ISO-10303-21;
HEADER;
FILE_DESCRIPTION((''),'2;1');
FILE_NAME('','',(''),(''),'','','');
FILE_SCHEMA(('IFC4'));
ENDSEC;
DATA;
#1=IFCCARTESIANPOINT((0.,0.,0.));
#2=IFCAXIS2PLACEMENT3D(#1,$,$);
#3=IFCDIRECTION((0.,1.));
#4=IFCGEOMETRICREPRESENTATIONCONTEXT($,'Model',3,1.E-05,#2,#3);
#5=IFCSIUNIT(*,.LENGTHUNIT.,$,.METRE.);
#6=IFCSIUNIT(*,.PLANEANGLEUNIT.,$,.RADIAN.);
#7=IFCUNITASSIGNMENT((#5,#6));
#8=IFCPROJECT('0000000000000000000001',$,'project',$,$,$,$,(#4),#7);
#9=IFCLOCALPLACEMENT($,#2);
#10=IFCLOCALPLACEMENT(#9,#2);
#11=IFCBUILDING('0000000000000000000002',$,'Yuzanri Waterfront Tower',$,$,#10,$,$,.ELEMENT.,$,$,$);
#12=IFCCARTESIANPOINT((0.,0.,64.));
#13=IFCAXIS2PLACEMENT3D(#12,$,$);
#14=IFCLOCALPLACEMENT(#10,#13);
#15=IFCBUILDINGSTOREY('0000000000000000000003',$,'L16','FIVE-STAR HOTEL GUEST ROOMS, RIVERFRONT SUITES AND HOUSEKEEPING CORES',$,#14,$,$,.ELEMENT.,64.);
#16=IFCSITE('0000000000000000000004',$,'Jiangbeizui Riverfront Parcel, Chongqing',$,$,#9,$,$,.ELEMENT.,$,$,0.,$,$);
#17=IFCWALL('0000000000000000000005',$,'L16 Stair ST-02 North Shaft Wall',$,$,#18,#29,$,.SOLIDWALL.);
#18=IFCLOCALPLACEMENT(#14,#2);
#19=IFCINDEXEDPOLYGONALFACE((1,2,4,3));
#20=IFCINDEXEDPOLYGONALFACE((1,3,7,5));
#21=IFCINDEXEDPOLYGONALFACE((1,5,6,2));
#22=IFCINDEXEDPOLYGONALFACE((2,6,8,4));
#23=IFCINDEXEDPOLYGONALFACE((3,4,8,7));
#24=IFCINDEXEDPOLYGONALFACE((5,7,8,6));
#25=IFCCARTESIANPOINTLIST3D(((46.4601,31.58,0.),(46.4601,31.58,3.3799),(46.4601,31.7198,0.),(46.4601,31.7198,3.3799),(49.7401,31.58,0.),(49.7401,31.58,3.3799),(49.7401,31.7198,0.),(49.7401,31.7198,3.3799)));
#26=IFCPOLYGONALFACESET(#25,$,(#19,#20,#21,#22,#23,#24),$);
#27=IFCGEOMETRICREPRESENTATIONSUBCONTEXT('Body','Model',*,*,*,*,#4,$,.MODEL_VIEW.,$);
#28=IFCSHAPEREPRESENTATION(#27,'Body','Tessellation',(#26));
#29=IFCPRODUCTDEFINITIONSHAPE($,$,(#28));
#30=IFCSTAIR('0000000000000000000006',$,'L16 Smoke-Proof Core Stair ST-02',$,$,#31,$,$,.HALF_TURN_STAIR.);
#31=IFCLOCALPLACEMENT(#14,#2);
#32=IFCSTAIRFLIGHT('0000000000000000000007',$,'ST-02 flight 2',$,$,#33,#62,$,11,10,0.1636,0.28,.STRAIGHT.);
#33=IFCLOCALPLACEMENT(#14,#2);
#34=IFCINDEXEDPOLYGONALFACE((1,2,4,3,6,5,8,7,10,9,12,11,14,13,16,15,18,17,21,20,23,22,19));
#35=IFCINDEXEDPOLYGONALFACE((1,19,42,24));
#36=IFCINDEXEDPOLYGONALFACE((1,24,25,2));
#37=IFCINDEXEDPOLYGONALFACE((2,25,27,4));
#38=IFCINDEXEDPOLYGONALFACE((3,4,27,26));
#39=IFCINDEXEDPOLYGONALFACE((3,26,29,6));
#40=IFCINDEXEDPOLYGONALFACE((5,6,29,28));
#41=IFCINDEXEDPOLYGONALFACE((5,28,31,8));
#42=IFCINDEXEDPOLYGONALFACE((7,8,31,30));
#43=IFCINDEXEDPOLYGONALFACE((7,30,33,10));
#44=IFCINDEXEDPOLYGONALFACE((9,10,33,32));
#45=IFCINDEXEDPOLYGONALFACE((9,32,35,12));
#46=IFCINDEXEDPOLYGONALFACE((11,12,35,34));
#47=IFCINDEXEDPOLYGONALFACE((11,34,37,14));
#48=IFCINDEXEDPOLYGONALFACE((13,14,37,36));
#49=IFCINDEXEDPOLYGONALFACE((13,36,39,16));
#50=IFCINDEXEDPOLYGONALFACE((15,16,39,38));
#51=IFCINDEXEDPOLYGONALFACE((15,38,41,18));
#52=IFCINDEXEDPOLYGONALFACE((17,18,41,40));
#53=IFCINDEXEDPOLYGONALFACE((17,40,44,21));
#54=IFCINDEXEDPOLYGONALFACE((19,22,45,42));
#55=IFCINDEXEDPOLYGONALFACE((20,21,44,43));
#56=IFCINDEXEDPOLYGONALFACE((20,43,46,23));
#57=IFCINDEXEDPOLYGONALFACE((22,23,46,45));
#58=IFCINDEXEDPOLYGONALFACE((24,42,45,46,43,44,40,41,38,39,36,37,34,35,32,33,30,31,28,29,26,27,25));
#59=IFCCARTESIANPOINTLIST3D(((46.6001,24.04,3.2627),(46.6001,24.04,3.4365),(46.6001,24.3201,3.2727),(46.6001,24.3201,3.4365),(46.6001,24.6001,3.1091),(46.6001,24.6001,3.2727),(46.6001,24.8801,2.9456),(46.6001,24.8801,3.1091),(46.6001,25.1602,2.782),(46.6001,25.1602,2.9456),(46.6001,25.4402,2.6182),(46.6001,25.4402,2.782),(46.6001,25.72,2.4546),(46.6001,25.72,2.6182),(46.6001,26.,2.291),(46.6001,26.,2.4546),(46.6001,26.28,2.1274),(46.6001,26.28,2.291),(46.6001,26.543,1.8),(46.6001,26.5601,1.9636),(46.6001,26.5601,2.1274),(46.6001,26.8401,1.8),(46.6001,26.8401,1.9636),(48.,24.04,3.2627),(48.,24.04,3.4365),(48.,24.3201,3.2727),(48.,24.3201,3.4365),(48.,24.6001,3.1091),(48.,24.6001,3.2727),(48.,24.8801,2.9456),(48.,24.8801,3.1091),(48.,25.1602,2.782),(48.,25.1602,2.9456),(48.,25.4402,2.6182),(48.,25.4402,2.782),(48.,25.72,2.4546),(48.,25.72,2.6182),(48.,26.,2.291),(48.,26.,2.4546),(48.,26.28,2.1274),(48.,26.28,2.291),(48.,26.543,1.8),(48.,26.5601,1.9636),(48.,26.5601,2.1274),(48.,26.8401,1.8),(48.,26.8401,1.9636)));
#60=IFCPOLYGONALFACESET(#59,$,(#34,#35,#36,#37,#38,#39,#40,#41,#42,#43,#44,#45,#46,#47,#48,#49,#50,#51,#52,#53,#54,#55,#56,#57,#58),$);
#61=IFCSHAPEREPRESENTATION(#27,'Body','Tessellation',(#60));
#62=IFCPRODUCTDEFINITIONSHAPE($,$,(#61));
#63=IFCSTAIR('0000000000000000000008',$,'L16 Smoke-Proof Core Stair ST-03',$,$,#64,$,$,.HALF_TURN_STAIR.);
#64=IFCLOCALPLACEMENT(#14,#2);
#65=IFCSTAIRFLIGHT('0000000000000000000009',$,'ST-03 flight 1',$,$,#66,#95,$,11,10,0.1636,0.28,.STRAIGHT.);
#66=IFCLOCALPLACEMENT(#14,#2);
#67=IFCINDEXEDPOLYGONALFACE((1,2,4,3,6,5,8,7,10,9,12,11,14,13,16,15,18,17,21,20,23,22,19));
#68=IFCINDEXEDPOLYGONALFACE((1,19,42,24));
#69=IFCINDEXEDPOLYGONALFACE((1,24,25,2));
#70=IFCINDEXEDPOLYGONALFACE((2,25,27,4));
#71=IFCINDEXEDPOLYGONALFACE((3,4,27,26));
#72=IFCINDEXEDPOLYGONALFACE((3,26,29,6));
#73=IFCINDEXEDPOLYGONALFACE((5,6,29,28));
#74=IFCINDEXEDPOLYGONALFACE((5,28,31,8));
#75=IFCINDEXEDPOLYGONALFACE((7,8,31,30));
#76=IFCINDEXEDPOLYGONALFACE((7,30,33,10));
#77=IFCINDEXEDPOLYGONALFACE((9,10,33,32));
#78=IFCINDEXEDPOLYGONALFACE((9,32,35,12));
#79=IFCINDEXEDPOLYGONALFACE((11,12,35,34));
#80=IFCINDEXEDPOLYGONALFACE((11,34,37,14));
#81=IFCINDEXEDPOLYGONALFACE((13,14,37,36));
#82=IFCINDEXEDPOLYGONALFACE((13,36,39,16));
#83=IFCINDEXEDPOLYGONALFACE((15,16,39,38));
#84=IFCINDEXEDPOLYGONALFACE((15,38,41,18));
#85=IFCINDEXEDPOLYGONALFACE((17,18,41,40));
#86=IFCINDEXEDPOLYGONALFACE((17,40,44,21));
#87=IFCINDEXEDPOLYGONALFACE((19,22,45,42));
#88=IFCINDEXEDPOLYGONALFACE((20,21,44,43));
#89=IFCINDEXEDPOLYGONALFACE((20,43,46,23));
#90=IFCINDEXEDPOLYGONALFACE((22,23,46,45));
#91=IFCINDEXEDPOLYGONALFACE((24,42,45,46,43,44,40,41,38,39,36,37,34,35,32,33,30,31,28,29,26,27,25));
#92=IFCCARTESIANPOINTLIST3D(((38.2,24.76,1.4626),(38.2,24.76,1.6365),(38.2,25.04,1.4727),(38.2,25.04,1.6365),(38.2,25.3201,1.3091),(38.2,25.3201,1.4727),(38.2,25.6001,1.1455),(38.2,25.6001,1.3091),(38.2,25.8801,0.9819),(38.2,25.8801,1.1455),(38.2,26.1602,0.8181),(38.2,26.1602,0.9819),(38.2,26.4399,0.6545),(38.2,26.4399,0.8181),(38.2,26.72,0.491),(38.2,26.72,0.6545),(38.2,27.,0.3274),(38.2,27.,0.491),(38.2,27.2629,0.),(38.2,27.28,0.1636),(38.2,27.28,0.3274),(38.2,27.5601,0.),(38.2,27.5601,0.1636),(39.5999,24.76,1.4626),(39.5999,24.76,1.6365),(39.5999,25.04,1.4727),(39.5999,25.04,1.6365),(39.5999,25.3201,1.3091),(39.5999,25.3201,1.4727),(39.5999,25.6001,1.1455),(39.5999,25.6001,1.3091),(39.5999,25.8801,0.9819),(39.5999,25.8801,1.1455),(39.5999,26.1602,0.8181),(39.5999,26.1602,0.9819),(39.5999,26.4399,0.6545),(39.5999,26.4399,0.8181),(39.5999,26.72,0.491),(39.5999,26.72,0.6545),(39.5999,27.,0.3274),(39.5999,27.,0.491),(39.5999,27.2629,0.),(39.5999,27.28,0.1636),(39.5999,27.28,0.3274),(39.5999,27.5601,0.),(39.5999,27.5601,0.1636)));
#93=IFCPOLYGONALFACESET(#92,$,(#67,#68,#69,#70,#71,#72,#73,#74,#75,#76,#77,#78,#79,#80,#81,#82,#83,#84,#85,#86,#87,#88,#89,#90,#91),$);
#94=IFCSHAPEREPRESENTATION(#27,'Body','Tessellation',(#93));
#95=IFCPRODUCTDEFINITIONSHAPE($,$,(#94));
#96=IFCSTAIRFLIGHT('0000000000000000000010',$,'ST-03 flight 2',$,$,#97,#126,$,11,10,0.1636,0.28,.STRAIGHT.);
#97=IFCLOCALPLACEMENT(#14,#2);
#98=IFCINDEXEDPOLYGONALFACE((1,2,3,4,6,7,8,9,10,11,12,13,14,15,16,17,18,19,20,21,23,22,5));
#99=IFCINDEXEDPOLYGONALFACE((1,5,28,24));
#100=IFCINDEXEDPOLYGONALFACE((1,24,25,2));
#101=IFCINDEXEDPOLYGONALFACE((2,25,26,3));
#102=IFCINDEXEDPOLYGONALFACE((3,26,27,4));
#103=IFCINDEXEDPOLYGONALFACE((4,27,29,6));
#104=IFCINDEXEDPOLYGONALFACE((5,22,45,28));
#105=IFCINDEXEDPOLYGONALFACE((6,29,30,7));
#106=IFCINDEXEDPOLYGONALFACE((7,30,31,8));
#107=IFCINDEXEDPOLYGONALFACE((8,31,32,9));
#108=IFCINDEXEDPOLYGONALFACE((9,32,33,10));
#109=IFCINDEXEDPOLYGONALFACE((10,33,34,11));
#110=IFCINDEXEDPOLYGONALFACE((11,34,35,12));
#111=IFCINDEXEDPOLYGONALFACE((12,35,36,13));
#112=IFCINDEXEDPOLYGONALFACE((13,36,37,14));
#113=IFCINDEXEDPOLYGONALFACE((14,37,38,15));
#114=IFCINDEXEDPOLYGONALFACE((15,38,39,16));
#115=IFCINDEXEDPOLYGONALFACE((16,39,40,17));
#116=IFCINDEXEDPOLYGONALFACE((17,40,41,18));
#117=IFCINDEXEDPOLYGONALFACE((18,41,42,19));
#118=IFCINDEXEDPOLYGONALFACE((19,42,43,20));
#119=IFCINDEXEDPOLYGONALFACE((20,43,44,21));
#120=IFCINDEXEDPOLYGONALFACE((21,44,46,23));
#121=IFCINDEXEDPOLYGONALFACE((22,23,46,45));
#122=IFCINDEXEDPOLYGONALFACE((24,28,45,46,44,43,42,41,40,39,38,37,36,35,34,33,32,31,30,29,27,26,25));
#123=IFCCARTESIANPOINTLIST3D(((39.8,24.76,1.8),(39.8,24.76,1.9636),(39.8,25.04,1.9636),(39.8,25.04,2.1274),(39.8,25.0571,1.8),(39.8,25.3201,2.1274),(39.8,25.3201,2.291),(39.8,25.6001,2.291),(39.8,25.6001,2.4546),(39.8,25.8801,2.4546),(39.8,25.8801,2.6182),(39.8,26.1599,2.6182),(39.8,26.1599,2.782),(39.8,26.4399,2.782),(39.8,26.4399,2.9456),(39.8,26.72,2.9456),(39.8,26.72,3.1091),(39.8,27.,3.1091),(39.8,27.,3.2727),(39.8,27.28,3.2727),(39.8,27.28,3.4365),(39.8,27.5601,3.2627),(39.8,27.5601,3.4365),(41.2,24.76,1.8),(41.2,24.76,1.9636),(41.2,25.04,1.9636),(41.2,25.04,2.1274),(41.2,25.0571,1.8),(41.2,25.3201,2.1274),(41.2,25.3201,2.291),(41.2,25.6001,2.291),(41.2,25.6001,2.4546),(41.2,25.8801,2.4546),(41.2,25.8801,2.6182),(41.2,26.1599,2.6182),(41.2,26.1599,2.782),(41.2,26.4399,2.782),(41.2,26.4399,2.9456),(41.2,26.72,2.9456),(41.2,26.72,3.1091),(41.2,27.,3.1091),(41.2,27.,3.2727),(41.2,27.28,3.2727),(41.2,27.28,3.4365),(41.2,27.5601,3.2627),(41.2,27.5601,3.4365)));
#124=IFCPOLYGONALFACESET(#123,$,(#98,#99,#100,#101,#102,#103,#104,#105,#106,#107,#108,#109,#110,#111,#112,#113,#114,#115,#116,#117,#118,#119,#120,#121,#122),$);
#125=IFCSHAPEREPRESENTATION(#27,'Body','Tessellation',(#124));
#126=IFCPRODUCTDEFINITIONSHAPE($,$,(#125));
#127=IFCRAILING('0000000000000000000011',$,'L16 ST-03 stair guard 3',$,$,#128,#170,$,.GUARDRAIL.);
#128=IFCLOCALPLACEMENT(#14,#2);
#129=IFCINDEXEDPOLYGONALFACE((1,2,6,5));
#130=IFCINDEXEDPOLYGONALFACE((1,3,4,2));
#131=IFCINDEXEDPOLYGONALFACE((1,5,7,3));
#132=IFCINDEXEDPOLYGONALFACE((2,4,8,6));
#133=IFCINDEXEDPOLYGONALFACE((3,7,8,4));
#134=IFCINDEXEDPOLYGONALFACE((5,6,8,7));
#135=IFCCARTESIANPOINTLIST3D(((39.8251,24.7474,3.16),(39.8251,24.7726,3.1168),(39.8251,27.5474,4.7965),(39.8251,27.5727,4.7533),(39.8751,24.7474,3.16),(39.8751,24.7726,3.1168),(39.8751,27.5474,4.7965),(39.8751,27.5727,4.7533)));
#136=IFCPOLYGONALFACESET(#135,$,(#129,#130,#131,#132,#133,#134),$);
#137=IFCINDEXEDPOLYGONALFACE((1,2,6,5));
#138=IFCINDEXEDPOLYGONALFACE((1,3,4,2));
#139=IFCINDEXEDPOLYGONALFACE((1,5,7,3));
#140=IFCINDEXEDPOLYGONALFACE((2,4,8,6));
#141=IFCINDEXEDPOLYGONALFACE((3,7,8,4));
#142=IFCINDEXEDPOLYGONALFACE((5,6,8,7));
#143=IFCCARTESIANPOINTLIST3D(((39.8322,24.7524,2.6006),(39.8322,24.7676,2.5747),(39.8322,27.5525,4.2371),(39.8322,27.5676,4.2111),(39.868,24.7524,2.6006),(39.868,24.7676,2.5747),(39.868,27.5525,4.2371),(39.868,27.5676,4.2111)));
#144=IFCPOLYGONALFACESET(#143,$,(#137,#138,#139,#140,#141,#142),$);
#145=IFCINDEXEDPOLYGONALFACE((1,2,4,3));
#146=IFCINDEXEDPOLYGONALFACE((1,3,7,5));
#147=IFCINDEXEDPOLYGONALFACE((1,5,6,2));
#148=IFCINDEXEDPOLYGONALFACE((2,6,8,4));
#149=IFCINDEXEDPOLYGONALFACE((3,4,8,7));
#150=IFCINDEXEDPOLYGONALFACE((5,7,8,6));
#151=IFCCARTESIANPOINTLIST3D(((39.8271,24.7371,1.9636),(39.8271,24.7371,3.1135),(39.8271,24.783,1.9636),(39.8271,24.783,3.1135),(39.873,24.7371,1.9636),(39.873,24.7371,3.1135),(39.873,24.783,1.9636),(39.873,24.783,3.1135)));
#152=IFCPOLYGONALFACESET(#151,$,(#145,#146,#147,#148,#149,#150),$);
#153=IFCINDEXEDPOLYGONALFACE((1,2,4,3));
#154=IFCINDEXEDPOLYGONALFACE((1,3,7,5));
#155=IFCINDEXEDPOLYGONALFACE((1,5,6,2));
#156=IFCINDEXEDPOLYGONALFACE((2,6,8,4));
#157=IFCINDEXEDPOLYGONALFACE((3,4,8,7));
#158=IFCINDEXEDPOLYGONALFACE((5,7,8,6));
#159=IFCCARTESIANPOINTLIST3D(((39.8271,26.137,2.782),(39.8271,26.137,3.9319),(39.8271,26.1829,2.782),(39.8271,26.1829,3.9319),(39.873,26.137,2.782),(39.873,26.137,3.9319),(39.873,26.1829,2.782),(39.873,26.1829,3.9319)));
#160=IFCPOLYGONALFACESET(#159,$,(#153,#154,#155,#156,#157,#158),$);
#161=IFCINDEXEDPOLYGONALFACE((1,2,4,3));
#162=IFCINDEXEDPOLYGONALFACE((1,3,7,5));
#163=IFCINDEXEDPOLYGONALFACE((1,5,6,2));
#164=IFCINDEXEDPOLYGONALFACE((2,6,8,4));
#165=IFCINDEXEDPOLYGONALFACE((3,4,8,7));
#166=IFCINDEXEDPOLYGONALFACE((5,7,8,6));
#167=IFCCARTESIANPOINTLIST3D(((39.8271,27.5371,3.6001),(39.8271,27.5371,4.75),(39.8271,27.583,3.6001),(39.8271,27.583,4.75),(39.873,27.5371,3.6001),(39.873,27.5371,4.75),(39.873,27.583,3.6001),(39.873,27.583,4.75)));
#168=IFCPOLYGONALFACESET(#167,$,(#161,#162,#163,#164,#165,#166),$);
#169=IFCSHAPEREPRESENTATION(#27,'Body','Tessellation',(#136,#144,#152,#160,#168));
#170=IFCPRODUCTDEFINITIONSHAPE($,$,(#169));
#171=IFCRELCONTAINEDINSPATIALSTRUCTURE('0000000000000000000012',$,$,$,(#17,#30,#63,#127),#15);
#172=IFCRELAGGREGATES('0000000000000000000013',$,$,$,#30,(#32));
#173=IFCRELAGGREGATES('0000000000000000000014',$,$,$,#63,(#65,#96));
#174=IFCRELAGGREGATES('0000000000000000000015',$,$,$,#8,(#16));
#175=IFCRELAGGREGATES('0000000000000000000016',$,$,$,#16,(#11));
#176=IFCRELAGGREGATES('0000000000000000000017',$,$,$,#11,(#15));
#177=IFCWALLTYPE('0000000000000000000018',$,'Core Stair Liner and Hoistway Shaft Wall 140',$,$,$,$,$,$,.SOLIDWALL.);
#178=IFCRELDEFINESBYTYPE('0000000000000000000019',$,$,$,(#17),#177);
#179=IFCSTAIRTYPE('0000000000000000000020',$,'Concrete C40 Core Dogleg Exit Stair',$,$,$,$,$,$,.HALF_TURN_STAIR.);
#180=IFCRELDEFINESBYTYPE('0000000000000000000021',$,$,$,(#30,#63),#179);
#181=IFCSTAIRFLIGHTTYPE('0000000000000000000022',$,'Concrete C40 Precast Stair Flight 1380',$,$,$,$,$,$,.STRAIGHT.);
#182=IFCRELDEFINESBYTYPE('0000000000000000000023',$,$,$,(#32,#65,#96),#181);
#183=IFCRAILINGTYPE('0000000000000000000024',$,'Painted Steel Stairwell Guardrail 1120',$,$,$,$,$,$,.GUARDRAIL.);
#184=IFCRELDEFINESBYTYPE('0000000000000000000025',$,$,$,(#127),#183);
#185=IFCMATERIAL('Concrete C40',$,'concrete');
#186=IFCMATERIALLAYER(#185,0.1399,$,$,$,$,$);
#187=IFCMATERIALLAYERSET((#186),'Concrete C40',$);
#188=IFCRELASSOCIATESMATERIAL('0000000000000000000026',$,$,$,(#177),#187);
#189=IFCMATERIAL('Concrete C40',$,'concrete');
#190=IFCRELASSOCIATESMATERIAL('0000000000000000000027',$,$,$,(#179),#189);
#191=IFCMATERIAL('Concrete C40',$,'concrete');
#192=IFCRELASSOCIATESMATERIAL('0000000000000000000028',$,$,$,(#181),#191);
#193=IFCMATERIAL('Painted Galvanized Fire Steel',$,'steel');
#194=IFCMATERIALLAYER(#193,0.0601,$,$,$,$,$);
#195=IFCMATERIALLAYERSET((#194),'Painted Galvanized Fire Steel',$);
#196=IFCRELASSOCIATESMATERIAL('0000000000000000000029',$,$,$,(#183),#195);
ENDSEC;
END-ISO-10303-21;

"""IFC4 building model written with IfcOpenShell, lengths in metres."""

from ifc_helpers import new_model, si_unit, direction, frame, frame_2d, origin, origin_2d, place, context, subcontext, project, spatial, polyline, rectangle, outline, extrude, source, transform, mapped, material, layer, layer_set, type_object, element, aggregate, save


model = new_model("IFC4")

# Units and contexts
model_context = context("Model", 3, precision=1e-05, world=origin(), true_north=direction((0.0, 1.0)))
body_context = subcontext(model_context, "Body", "Model", "MODEL_VIEW")
ifc_project = project(units=[si_unit("LENGTHUNIT", "METRE"), si_unit("PLANEANGLEUNIT", "RADIAN")], contexts=[model_context])

# Site, building, storey
site_placement = place(None, origin())
site = spatial("IfcSite", under=ifc_project, at=site_placement, Name="Jiangbeizui Riverfront Parcel, Chongqing", CompositionType="ELEMENT", RefElevation=0.0)
building_placement = place(site_placement, origin())
building = spatial("IfcBuilding", under=site, at=building_placement, Name="Yuzanri Waterfront Tower", CompositionType="ELEMENT")
storey_placement = place(building_placement, frame((0.0, 0.0, 64.0)))
storey = spatial("IfcBuildingStorey", under=building, at=storey_placement, Name="L16", Description="FIVE-STAR HOTEL GUEST ROOMS, RIVERFRONT SUITES AND HOUSEKEEPING CORES", CompositionType="ELEMENT", Elevation=64.0)

# Shared definitions
ifc_material_1 = material(Name="Concrete C40", Category="concrete")
ifc_layer_1 = layer(ifc_material_1, 0.1399)
ifc_layer_set_1 = layer_set([ifc_layer_1], Name="Concrete C40")
wall_type = type_object("IfcWallType", Name="Core Stair Liner and Hoistway Shaft Wall 140", PredefinedType="SOLIDWALL", material=ifc_layer_set_1)

# Wall
shared_shape_1 = source(origin(), body_context, "Body", "SweptSolid", [
    extrude(rectangle(XDim=3.28, YDim=0.1399, at=frame_2d((1.6401, 0.0))), origin(), (0.0, 0.0, 1.0), 3.3799),
])
wall_1_placement = place(storey_placement, frame((46.46, 31.6499, 0.0), z_axis=(0.0, 0.0, 1.0), x_axis=(1.0, 0.0, 0.0)))
element("IfcWall", 1, at=wall_1_placement, inside=storey, type_object=wall_type, Name="L16 Stair ST-02 North Shaft Wall", PredefinedType="SOLIDWALL", context=body_context, shape_type="MappedRepresentation", body=[
    mapped(shared_shape_1, transform((0.0, 0.0, 0.0), scale=1.0)),
])

# Stair, stair flight
ifc_material_2 = material(Name="Concrete C40", Category="concrete")
stair_type = type_object("IfcStairType", Name="Concrete C40 Core Dogleg Exit Stair", PredefinedType="HALF_TURN_STAIR", material=ifc_material_2)
stair_1_placement = place(storey_placement, origin())
stair_1 = element("IfcStair", 2, at=stair_1_placement, inside=storey, type_object=stair_type, Name="L16 Smoke-Proof Core Stair ST-02", PredefinedType="HALF_TURN_STAIR")
ifc_material_3 = material(Name="Concrete C40", Category="concrete")
stair_flight_type = type_object("IfcStairFlightType", Name="Concrete C40 Precast Stair Flight 1380", PredefinedType="STRAIGHT", material=ifc_material_3)
shared_shape_2 = source(origin(), body_context, "Body", "SweptSolid", [
    extrude(outline(polyline([(0.0, 0.0), (0.0, 0.1636), (0.28, 0.1636), (0.28, 0.3274), (0.5601, 0.3274), (0.5601, 0.491), (0.8401, 0.491), (0.8401, 0.6545), (1.1201, 0.6545), (1.1201, 0.8181), (1.3999, 0.8181), (1.3999, 0.9819), (1.6799, 0.9819), (1.6799, 1.1455), (1.96, 1.1455), (1.96, 1.3091), (2.24, 1.3091), (2.24, 1.4727), (2.52, 1.4727), (2.52, 1.6365), (2.8, 1.6365), (2.8, 1.8), (2.8, 1.4626), (0.2971, 0.0), (0.0, 0.0)])), frame((0.0, 0.7, 0.0), z_axis=(0.0, -1.0, 0.0), x_axis=(1.0, 0.0, 0.0)), (0.0, 0.0, 1.0), 1.3999),
])
stair_flight_1_placement = place(storey_placement, frame((47.3, 26.8401, 1.8), z_axis=(0.0, 0.0, 1.0), x_axis=(0.0, -1.0, 0.0)))
stair_flight_1 = element("IfcStairFlight", 3, at=stair_flight_1_placement, type_object=stair_flight_type, Name="ST-02 flight 2", NumberOfRisers=11, NumberOfTreads=10, PredefinedType="STRAIGHT", RiserHeight=0.1636, TreadLength=0.28, context=body_context, shape_type="MappedRepresentation", body=[
    mapped(shared_shape_2, transform((0.0, 0.0, 0.0), scale=1.0)),
])
aggregate(stair_1, [stair_flight_1])

# Stair, stair flights
stair_2_placement = place(storey_placement, origin())
stair_2 = element("IfcStair", 4, at=stair_2_placement, inside=storey, type_object=stair_type, Name="L16 Smoke-Proof Core Stair ST-03", PredefinedType="HALF_TURN_STAIR")
stair_flight_2_placement = place(storey_placement, frame((38.8999, 27.5601, 0.0), z_axis=(0.0, 0.0, 1.0), x_axis=(0.0, -1.0, 0.0)))
stair_flight_2 = element("IfcStairFlight", 5, at=stair_flight_2_placement, type_object=stair_flight_type, Name="ST-03 flight 1", NumberOfRisers=11, NumberOfTreads=10, PredefinedType="STRAIGHT", RiserHeight=0.1636, TreadLength=0.28, context=body_context, shape_type="MappedRepresentation", body=[
    mapped(shared_shape_2, transform((0.0, 0.0, 0.0), scale=1.0)),
])
stair_flight_3_placement = place(storey_placement, frame((40.5, 24.76, 1.8), z_axis=(0.0, 0.0, 1.0), x_axis=(0.0, 1.0, 0.0)))
stair_flight_3 = element("IfcStairFlight", 6, at=stair_flight_3_placement, type_object=stair_flight_type, Name="ST-03 flight 2", NumberOfRisers=11, NumberOfTreads=10, PredefinedType="STRAIGHT", RiserHeight=0.1636, TreadLength=0.28, context=body_context, shape_type="MappedRepresentation", body=[
    mapped(shared_shape_2, transform((0.0, 0.0, 0.0), scale=1.0)),
])
aggregate(stair_2, [stair_flight_2, stair_flight_3])

# Railing
ifc_material_4 = material(Name="Painted Galvanized Fire Steel", Category="steel")
ifc_layer_2 = layer(ifc_material_4, 0.0601)
ifc_layer_set_2 = layer_set([ifc_layer_2], Name="Painted Galvanized Fire Steel")
railing_type_1 = type_object("IfcRailingType", Name="Painted Steel Stairwell Guardrail 1120", PredefinedType="GUARDRAIL", material=ifc_layer_set_2)
shared_shape_3 = source(origin(), body_context, "Body", "SweptSolid", [
    extrude(rectangle(XDim=0.05, YDim=0.05, at=origin_2d()), frame((0.0, 0.0, 1.1748), z_axis=(0.0, 0.863361, 0.504587), x_axis=(-1.0, 0.0, 0.0)), (0.0, 0.0, 1.0), 3.2432),
    extrude(rectangle(XDim=0.0359, YDim=0.03, at=origin_2d()), frame((0.0, 0.0, 0.624), z_axis=(0.0, 0.863361, 0.504587), x_axis=(-1.0, 0.0, 0.0)), (0.0, 0.0, 1.0), 3.2432),
    extrude(rectangle(XDim=0.0459, YDim=0.0459, at=origin_2d()), origin(), (0.0, 0.0, 1.0), 1.1499),
    extrude(rectangle(XDim=0.0459, YDim=0.0459, at=origin_2d()), frame((0.0, 1.3999, 0.8184)), (0.0, 0.0, 1.0), 1.1499),
    extrude(rectangle(XDim=0.0459, YDim=0.0459, at=origin_2d()), frame((0.0, 2.8, 1.6365)), (0.0, 0.0, 1.0), 1.1499),
])
railing_1_placement = place(storey_placement, frame((39.8501, 24.76, 1.9636)))
element("IfcRailing", 7, at=railing_1_placement, inside=storey, type_object=railing_type_1, Name="L16 ST-03 stair guard 3", PredefinedType="GUARDRAIL", context=body_context, shape_type="MappedRepresentation", body=[
    mapped(shared_shape_3, transform((0.0, 0.0, 0.0), scale=1.0)),
])

save(model, "model.ifc")
